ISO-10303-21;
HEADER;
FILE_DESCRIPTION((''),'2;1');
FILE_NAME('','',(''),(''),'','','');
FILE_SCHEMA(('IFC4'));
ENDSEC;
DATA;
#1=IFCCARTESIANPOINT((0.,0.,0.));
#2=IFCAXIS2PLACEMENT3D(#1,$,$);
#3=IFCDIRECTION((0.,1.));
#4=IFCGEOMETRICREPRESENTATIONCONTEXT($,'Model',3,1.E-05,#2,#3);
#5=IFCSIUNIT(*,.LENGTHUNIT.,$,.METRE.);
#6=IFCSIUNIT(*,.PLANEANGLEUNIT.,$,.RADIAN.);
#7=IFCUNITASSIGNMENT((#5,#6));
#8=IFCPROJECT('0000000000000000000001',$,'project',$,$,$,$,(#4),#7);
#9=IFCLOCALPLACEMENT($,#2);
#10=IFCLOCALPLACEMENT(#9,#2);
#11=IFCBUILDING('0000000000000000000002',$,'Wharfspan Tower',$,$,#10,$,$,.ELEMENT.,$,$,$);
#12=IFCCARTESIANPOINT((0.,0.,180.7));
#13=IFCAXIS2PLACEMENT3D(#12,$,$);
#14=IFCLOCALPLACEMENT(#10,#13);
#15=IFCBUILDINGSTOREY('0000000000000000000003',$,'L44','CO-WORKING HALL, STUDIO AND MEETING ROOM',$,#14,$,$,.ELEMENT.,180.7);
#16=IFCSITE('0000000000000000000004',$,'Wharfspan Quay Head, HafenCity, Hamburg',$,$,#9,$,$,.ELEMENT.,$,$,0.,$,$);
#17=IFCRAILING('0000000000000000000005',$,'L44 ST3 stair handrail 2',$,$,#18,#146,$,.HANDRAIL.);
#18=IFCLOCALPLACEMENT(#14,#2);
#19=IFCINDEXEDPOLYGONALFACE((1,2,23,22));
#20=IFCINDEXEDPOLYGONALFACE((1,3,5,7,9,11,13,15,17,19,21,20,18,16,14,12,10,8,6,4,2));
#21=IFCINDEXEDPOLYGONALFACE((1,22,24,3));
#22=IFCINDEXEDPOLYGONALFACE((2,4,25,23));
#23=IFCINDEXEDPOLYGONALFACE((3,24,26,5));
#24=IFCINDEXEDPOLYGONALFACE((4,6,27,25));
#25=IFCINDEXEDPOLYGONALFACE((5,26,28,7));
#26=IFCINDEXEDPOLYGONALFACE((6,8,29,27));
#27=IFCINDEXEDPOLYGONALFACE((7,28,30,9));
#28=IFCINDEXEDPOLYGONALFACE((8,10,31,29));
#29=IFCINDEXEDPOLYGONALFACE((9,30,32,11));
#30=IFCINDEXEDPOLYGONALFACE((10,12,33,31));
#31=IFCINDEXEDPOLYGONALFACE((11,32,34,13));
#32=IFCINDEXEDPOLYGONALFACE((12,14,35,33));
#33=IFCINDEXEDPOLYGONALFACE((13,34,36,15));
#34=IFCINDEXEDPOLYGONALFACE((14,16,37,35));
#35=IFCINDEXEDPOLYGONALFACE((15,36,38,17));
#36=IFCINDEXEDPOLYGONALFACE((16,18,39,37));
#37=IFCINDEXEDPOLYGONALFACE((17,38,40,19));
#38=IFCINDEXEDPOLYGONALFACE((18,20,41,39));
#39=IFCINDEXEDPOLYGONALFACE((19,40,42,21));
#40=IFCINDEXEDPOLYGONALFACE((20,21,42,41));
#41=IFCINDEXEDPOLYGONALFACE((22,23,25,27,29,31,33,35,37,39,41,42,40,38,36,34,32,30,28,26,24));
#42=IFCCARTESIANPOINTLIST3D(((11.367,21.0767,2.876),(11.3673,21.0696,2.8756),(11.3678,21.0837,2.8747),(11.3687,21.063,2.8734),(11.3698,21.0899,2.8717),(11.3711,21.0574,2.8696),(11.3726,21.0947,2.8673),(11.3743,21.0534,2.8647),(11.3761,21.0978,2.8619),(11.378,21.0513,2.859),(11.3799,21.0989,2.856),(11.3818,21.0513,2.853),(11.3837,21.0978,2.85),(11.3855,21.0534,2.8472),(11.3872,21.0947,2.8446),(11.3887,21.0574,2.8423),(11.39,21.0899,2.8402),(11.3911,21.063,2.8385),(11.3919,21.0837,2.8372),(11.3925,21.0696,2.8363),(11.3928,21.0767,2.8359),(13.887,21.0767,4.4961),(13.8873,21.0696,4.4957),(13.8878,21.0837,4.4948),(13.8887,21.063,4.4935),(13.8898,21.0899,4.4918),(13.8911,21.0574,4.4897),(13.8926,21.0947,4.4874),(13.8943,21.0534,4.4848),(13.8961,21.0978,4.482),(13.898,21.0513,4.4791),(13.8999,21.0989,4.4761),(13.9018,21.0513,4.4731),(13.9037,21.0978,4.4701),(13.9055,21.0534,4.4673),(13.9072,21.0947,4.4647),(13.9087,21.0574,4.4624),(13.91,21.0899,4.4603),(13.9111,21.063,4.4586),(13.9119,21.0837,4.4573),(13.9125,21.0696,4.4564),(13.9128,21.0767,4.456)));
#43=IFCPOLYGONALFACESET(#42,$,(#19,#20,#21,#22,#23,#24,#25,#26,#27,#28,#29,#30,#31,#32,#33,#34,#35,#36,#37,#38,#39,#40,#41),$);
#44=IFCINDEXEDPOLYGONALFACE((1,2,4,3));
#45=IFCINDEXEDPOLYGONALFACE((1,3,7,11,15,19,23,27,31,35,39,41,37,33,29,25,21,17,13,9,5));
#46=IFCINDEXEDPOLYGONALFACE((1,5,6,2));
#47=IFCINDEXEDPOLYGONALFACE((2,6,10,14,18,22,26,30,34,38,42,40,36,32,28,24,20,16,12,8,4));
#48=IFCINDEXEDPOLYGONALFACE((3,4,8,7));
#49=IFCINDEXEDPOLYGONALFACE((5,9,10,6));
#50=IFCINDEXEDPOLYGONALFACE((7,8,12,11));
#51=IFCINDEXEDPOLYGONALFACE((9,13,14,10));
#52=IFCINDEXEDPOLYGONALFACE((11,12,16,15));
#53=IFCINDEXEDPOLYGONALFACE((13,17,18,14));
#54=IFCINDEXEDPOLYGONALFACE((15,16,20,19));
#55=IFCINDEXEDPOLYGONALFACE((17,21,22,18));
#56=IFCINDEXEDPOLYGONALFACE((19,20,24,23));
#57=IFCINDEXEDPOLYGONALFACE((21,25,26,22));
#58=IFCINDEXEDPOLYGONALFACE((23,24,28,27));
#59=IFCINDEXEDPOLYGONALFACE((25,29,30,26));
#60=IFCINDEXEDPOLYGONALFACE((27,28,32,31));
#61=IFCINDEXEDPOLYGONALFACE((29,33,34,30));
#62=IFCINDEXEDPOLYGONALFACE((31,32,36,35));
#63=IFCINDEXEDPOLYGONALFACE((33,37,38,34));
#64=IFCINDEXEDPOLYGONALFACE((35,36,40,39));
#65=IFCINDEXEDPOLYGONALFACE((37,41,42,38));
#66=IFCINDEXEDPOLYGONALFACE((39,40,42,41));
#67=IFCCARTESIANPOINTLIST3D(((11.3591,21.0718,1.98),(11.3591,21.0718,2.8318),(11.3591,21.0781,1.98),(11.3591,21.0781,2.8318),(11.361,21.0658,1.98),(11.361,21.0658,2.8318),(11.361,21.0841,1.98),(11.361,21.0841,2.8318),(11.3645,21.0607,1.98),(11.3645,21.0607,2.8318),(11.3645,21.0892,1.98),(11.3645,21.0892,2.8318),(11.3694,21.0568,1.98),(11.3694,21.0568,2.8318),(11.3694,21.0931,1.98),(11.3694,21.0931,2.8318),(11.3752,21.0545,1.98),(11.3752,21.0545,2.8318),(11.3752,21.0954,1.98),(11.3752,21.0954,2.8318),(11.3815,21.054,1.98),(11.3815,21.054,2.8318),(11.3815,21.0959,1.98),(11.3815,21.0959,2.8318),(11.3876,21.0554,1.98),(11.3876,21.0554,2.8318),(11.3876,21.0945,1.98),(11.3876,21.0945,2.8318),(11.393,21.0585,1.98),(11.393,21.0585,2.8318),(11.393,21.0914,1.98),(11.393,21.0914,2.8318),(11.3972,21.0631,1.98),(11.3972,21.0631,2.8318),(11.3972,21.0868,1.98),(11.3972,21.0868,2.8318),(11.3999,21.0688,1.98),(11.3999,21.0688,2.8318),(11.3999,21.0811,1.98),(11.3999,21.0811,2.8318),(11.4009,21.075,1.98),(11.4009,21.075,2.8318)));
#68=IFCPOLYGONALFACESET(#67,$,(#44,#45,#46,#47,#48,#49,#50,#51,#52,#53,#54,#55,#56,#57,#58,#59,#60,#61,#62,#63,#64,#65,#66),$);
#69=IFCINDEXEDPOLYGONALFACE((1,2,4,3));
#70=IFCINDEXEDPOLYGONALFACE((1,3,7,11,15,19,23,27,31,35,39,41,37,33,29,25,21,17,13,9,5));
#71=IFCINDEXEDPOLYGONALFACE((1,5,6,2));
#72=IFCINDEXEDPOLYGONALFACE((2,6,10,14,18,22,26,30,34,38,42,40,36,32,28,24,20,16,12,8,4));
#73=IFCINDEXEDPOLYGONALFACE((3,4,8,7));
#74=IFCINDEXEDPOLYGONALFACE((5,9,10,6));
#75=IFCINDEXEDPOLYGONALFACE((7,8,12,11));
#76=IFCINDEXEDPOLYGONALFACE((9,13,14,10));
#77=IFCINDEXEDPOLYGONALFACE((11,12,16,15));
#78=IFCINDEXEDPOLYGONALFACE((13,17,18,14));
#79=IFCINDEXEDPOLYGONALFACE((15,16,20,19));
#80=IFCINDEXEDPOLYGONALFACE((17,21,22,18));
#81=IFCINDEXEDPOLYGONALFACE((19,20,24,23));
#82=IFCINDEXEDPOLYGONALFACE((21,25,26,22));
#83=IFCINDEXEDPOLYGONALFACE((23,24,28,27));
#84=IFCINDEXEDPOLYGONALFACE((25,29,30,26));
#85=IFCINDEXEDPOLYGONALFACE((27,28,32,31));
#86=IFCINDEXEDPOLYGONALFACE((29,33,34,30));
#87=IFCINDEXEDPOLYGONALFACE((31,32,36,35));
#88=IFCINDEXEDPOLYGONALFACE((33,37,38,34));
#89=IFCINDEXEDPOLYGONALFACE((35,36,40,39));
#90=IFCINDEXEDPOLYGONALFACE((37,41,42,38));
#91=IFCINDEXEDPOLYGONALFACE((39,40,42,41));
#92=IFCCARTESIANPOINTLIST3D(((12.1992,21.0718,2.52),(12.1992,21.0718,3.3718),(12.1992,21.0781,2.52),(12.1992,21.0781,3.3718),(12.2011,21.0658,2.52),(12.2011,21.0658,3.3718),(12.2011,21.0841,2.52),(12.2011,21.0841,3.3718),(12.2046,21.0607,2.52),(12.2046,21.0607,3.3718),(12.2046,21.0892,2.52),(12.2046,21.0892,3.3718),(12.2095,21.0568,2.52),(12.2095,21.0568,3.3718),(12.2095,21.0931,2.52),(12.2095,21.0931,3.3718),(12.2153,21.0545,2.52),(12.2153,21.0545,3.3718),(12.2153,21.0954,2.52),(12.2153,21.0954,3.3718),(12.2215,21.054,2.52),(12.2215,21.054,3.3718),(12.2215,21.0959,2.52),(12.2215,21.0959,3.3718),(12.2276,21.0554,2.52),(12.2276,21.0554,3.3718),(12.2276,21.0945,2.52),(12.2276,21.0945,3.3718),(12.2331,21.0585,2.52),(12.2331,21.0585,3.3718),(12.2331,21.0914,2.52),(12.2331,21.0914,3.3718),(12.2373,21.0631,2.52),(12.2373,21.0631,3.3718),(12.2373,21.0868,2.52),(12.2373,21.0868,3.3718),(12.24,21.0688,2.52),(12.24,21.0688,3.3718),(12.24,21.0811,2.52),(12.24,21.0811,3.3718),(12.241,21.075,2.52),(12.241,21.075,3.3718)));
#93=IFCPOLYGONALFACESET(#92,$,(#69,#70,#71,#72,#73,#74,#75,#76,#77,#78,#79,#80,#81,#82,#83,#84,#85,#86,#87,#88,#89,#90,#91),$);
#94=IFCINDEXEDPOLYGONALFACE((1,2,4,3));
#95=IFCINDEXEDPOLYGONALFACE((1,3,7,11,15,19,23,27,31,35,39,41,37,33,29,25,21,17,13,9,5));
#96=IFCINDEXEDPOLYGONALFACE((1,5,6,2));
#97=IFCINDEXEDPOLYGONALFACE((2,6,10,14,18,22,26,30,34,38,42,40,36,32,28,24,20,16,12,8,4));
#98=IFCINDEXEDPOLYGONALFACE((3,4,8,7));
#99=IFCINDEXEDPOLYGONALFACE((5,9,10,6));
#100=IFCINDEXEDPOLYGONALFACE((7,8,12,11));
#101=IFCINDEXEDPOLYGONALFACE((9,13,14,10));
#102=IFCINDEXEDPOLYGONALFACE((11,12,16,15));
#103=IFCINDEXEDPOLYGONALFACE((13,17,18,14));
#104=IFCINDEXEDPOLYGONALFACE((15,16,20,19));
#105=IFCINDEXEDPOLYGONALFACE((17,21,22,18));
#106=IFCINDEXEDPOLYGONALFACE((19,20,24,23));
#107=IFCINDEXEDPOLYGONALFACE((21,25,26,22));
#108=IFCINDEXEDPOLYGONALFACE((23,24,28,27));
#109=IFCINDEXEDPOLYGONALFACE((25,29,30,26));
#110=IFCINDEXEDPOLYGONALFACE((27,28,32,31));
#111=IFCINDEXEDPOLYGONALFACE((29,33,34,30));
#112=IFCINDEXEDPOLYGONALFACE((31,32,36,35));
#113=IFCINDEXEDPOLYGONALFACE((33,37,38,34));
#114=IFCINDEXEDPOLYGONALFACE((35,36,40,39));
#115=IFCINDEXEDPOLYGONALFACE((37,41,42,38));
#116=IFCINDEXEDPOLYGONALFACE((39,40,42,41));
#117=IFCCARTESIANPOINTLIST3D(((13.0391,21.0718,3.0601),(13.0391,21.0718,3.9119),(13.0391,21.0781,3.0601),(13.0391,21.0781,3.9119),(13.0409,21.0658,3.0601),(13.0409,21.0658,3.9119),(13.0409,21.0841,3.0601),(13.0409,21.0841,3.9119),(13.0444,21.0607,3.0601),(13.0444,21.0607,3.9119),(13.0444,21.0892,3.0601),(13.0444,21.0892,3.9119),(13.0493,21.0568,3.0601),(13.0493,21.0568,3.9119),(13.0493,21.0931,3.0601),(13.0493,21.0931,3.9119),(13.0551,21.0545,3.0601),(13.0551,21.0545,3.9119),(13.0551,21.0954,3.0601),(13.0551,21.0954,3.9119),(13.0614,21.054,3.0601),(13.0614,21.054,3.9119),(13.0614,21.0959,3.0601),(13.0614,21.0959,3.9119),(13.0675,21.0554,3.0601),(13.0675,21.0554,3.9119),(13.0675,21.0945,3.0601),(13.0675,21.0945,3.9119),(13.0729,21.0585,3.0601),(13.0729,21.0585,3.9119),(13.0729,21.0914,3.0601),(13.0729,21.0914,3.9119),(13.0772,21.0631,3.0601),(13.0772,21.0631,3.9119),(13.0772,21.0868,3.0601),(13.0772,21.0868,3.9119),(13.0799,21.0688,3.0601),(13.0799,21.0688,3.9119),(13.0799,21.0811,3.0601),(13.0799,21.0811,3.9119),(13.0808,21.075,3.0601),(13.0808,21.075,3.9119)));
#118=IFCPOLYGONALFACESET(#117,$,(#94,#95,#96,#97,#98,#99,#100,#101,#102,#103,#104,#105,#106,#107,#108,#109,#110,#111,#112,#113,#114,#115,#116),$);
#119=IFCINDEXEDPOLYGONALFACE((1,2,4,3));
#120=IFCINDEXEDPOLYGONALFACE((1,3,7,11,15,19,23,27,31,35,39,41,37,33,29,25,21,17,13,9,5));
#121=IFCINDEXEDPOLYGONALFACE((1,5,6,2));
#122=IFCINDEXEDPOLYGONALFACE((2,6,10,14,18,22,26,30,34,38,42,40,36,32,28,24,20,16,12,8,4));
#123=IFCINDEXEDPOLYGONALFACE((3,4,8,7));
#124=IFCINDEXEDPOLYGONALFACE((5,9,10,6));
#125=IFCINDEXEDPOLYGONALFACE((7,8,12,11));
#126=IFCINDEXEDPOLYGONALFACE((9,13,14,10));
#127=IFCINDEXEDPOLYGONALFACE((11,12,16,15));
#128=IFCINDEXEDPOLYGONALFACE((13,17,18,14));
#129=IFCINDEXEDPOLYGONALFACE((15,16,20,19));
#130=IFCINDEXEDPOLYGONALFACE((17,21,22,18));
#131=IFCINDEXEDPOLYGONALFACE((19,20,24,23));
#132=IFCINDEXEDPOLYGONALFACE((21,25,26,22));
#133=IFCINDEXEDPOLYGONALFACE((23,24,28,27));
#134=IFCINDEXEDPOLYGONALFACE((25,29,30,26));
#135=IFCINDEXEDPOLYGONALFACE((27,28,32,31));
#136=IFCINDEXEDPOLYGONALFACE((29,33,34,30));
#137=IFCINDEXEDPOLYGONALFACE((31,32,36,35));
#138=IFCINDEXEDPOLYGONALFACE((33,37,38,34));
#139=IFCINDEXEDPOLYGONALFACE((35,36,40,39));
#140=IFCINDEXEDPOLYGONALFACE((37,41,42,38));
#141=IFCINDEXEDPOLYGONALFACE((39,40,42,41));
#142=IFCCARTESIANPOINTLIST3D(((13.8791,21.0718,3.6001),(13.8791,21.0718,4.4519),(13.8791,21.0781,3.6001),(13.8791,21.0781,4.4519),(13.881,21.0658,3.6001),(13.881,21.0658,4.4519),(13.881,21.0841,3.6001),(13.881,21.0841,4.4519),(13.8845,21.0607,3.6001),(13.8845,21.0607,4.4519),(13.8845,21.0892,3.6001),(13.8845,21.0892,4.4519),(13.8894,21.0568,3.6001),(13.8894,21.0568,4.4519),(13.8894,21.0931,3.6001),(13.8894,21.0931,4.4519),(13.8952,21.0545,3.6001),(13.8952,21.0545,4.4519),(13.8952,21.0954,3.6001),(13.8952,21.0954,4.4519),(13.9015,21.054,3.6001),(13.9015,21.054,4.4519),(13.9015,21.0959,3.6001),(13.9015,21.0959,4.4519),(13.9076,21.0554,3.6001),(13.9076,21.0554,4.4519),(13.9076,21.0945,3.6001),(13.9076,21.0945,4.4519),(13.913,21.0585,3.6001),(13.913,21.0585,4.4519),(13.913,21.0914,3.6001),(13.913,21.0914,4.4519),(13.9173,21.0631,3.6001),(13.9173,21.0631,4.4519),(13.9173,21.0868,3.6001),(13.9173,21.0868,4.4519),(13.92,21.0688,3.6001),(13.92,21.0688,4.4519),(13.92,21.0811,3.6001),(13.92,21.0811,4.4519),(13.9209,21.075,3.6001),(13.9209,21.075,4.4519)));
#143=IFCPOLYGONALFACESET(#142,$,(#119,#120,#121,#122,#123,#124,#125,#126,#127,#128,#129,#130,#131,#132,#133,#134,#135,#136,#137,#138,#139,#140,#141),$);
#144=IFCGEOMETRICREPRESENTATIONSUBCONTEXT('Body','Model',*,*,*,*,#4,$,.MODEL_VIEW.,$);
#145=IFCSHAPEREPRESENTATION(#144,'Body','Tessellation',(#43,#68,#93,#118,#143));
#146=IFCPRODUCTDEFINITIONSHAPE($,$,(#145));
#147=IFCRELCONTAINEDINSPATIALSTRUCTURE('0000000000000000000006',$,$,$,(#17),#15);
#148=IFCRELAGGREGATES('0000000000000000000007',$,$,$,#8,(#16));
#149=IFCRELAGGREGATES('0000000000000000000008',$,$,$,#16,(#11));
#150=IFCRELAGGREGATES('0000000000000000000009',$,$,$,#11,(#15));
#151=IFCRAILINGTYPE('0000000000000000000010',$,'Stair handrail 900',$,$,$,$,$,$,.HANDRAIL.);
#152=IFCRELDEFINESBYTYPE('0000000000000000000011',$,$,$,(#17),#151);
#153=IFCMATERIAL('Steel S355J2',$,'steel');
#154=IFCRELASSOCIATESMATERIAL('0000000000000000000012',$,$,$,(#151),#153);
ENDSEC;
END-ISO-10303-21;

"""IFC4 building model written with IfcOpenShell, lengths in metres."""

from ifc_helpers import new_model, si_unit, direction, frame, origin, origin_2d, place, context, subcontext, project, spatial, circle, extrude, material, type_object, element, save


model = new_model("IFC4")

# Units and contexts
model_context = context("Model", 3, precision=1e-05, world=origin(), true_north=direction((0.0, 1.0)))
body_context = subcontext(model_context, "Body", "Model", "MODEL_VIEW")
ifc_project = project(units=[si_unit("LENGTHUNIT", "METRE"), si_unit("PLANEANGLEUNIT", "RADIAN")], contexts=[model_context])

# Site, building, storey
site_placement = place(None, origin())
site = spatial("IfcSite", under=ifc_project, at=site_placement, Name="Wharfspan Quay Head, HafenCity, Hamburg", CompositionType="ELEMENT", RefElevation=0.0)
building_placement = place(site_placement, origin())
building = spatial("IfcBuilding", under=site, at=building_placement, Name="Wharfspan Tower", CompositionType="ELEMENT")
storey_placement = place(building_placement, frame((0.0, 0.0, 180.7)))
storey = spatial("IfcBuildingStorey", under=building, at=storey_placement, Name="L44", Description="CO-WORKING HALL, STUDIO AND MEETING ROOM", CompositionType="ELEMENT", Elevation=180.7)

# Railing
ifc_material_1 = material(Name="Steel S355J2", Category="steel")
railing_type_1 = type_object("IfcRailingType", Name="Stair handrail 900", PredefinedType="HANDRAIL", material=ifc_material_1)
railing_1_placement = place(storey_placement, frame((11.3799, 21.075, 1.98)))
element("IfcRailing", 1, at=railing_1_placement, inside=storey, type_object=railing_type_1, Name="L44 ST3 stair handrail 2", PredefinedType="HANDRAIL", context=body_context, shape_type="SweptSolid", body=[
    extrude(circle(Radius=0.0239, at=origin_2d()), frame((0.0, 0.0, 0.876), z_axis=(0.841163, 0.0, 0.540782), x_axis=(0.0, 1.0, 0.0)), (0.0, 0.0, 1.0), 2.9958),
    extrude(circle(Radius=0.021, at=origin_2d()), origin(), (0.0, 0.0, 1.0), 0.8518),
    extrude(circle(Radius=0.021, at=origin_2d()), frame((0.8401, 0.0, 0.54)), (0.0, 0.0, 1.0), 0.8518),
    extrude(circle(Radius=0.021, at=origin_2d()), frame((1.6799, 0.0, 1.0801)), (0.0, 0.0, 1.0), 0.8518),
    extrude(circle(Radius=0.021, at=origin_2d()), frame((2.52, 0.0, 1.6201)), (0.0, 0.0, 1.0), 0.8518),
])

save(model, "model.ifc")
